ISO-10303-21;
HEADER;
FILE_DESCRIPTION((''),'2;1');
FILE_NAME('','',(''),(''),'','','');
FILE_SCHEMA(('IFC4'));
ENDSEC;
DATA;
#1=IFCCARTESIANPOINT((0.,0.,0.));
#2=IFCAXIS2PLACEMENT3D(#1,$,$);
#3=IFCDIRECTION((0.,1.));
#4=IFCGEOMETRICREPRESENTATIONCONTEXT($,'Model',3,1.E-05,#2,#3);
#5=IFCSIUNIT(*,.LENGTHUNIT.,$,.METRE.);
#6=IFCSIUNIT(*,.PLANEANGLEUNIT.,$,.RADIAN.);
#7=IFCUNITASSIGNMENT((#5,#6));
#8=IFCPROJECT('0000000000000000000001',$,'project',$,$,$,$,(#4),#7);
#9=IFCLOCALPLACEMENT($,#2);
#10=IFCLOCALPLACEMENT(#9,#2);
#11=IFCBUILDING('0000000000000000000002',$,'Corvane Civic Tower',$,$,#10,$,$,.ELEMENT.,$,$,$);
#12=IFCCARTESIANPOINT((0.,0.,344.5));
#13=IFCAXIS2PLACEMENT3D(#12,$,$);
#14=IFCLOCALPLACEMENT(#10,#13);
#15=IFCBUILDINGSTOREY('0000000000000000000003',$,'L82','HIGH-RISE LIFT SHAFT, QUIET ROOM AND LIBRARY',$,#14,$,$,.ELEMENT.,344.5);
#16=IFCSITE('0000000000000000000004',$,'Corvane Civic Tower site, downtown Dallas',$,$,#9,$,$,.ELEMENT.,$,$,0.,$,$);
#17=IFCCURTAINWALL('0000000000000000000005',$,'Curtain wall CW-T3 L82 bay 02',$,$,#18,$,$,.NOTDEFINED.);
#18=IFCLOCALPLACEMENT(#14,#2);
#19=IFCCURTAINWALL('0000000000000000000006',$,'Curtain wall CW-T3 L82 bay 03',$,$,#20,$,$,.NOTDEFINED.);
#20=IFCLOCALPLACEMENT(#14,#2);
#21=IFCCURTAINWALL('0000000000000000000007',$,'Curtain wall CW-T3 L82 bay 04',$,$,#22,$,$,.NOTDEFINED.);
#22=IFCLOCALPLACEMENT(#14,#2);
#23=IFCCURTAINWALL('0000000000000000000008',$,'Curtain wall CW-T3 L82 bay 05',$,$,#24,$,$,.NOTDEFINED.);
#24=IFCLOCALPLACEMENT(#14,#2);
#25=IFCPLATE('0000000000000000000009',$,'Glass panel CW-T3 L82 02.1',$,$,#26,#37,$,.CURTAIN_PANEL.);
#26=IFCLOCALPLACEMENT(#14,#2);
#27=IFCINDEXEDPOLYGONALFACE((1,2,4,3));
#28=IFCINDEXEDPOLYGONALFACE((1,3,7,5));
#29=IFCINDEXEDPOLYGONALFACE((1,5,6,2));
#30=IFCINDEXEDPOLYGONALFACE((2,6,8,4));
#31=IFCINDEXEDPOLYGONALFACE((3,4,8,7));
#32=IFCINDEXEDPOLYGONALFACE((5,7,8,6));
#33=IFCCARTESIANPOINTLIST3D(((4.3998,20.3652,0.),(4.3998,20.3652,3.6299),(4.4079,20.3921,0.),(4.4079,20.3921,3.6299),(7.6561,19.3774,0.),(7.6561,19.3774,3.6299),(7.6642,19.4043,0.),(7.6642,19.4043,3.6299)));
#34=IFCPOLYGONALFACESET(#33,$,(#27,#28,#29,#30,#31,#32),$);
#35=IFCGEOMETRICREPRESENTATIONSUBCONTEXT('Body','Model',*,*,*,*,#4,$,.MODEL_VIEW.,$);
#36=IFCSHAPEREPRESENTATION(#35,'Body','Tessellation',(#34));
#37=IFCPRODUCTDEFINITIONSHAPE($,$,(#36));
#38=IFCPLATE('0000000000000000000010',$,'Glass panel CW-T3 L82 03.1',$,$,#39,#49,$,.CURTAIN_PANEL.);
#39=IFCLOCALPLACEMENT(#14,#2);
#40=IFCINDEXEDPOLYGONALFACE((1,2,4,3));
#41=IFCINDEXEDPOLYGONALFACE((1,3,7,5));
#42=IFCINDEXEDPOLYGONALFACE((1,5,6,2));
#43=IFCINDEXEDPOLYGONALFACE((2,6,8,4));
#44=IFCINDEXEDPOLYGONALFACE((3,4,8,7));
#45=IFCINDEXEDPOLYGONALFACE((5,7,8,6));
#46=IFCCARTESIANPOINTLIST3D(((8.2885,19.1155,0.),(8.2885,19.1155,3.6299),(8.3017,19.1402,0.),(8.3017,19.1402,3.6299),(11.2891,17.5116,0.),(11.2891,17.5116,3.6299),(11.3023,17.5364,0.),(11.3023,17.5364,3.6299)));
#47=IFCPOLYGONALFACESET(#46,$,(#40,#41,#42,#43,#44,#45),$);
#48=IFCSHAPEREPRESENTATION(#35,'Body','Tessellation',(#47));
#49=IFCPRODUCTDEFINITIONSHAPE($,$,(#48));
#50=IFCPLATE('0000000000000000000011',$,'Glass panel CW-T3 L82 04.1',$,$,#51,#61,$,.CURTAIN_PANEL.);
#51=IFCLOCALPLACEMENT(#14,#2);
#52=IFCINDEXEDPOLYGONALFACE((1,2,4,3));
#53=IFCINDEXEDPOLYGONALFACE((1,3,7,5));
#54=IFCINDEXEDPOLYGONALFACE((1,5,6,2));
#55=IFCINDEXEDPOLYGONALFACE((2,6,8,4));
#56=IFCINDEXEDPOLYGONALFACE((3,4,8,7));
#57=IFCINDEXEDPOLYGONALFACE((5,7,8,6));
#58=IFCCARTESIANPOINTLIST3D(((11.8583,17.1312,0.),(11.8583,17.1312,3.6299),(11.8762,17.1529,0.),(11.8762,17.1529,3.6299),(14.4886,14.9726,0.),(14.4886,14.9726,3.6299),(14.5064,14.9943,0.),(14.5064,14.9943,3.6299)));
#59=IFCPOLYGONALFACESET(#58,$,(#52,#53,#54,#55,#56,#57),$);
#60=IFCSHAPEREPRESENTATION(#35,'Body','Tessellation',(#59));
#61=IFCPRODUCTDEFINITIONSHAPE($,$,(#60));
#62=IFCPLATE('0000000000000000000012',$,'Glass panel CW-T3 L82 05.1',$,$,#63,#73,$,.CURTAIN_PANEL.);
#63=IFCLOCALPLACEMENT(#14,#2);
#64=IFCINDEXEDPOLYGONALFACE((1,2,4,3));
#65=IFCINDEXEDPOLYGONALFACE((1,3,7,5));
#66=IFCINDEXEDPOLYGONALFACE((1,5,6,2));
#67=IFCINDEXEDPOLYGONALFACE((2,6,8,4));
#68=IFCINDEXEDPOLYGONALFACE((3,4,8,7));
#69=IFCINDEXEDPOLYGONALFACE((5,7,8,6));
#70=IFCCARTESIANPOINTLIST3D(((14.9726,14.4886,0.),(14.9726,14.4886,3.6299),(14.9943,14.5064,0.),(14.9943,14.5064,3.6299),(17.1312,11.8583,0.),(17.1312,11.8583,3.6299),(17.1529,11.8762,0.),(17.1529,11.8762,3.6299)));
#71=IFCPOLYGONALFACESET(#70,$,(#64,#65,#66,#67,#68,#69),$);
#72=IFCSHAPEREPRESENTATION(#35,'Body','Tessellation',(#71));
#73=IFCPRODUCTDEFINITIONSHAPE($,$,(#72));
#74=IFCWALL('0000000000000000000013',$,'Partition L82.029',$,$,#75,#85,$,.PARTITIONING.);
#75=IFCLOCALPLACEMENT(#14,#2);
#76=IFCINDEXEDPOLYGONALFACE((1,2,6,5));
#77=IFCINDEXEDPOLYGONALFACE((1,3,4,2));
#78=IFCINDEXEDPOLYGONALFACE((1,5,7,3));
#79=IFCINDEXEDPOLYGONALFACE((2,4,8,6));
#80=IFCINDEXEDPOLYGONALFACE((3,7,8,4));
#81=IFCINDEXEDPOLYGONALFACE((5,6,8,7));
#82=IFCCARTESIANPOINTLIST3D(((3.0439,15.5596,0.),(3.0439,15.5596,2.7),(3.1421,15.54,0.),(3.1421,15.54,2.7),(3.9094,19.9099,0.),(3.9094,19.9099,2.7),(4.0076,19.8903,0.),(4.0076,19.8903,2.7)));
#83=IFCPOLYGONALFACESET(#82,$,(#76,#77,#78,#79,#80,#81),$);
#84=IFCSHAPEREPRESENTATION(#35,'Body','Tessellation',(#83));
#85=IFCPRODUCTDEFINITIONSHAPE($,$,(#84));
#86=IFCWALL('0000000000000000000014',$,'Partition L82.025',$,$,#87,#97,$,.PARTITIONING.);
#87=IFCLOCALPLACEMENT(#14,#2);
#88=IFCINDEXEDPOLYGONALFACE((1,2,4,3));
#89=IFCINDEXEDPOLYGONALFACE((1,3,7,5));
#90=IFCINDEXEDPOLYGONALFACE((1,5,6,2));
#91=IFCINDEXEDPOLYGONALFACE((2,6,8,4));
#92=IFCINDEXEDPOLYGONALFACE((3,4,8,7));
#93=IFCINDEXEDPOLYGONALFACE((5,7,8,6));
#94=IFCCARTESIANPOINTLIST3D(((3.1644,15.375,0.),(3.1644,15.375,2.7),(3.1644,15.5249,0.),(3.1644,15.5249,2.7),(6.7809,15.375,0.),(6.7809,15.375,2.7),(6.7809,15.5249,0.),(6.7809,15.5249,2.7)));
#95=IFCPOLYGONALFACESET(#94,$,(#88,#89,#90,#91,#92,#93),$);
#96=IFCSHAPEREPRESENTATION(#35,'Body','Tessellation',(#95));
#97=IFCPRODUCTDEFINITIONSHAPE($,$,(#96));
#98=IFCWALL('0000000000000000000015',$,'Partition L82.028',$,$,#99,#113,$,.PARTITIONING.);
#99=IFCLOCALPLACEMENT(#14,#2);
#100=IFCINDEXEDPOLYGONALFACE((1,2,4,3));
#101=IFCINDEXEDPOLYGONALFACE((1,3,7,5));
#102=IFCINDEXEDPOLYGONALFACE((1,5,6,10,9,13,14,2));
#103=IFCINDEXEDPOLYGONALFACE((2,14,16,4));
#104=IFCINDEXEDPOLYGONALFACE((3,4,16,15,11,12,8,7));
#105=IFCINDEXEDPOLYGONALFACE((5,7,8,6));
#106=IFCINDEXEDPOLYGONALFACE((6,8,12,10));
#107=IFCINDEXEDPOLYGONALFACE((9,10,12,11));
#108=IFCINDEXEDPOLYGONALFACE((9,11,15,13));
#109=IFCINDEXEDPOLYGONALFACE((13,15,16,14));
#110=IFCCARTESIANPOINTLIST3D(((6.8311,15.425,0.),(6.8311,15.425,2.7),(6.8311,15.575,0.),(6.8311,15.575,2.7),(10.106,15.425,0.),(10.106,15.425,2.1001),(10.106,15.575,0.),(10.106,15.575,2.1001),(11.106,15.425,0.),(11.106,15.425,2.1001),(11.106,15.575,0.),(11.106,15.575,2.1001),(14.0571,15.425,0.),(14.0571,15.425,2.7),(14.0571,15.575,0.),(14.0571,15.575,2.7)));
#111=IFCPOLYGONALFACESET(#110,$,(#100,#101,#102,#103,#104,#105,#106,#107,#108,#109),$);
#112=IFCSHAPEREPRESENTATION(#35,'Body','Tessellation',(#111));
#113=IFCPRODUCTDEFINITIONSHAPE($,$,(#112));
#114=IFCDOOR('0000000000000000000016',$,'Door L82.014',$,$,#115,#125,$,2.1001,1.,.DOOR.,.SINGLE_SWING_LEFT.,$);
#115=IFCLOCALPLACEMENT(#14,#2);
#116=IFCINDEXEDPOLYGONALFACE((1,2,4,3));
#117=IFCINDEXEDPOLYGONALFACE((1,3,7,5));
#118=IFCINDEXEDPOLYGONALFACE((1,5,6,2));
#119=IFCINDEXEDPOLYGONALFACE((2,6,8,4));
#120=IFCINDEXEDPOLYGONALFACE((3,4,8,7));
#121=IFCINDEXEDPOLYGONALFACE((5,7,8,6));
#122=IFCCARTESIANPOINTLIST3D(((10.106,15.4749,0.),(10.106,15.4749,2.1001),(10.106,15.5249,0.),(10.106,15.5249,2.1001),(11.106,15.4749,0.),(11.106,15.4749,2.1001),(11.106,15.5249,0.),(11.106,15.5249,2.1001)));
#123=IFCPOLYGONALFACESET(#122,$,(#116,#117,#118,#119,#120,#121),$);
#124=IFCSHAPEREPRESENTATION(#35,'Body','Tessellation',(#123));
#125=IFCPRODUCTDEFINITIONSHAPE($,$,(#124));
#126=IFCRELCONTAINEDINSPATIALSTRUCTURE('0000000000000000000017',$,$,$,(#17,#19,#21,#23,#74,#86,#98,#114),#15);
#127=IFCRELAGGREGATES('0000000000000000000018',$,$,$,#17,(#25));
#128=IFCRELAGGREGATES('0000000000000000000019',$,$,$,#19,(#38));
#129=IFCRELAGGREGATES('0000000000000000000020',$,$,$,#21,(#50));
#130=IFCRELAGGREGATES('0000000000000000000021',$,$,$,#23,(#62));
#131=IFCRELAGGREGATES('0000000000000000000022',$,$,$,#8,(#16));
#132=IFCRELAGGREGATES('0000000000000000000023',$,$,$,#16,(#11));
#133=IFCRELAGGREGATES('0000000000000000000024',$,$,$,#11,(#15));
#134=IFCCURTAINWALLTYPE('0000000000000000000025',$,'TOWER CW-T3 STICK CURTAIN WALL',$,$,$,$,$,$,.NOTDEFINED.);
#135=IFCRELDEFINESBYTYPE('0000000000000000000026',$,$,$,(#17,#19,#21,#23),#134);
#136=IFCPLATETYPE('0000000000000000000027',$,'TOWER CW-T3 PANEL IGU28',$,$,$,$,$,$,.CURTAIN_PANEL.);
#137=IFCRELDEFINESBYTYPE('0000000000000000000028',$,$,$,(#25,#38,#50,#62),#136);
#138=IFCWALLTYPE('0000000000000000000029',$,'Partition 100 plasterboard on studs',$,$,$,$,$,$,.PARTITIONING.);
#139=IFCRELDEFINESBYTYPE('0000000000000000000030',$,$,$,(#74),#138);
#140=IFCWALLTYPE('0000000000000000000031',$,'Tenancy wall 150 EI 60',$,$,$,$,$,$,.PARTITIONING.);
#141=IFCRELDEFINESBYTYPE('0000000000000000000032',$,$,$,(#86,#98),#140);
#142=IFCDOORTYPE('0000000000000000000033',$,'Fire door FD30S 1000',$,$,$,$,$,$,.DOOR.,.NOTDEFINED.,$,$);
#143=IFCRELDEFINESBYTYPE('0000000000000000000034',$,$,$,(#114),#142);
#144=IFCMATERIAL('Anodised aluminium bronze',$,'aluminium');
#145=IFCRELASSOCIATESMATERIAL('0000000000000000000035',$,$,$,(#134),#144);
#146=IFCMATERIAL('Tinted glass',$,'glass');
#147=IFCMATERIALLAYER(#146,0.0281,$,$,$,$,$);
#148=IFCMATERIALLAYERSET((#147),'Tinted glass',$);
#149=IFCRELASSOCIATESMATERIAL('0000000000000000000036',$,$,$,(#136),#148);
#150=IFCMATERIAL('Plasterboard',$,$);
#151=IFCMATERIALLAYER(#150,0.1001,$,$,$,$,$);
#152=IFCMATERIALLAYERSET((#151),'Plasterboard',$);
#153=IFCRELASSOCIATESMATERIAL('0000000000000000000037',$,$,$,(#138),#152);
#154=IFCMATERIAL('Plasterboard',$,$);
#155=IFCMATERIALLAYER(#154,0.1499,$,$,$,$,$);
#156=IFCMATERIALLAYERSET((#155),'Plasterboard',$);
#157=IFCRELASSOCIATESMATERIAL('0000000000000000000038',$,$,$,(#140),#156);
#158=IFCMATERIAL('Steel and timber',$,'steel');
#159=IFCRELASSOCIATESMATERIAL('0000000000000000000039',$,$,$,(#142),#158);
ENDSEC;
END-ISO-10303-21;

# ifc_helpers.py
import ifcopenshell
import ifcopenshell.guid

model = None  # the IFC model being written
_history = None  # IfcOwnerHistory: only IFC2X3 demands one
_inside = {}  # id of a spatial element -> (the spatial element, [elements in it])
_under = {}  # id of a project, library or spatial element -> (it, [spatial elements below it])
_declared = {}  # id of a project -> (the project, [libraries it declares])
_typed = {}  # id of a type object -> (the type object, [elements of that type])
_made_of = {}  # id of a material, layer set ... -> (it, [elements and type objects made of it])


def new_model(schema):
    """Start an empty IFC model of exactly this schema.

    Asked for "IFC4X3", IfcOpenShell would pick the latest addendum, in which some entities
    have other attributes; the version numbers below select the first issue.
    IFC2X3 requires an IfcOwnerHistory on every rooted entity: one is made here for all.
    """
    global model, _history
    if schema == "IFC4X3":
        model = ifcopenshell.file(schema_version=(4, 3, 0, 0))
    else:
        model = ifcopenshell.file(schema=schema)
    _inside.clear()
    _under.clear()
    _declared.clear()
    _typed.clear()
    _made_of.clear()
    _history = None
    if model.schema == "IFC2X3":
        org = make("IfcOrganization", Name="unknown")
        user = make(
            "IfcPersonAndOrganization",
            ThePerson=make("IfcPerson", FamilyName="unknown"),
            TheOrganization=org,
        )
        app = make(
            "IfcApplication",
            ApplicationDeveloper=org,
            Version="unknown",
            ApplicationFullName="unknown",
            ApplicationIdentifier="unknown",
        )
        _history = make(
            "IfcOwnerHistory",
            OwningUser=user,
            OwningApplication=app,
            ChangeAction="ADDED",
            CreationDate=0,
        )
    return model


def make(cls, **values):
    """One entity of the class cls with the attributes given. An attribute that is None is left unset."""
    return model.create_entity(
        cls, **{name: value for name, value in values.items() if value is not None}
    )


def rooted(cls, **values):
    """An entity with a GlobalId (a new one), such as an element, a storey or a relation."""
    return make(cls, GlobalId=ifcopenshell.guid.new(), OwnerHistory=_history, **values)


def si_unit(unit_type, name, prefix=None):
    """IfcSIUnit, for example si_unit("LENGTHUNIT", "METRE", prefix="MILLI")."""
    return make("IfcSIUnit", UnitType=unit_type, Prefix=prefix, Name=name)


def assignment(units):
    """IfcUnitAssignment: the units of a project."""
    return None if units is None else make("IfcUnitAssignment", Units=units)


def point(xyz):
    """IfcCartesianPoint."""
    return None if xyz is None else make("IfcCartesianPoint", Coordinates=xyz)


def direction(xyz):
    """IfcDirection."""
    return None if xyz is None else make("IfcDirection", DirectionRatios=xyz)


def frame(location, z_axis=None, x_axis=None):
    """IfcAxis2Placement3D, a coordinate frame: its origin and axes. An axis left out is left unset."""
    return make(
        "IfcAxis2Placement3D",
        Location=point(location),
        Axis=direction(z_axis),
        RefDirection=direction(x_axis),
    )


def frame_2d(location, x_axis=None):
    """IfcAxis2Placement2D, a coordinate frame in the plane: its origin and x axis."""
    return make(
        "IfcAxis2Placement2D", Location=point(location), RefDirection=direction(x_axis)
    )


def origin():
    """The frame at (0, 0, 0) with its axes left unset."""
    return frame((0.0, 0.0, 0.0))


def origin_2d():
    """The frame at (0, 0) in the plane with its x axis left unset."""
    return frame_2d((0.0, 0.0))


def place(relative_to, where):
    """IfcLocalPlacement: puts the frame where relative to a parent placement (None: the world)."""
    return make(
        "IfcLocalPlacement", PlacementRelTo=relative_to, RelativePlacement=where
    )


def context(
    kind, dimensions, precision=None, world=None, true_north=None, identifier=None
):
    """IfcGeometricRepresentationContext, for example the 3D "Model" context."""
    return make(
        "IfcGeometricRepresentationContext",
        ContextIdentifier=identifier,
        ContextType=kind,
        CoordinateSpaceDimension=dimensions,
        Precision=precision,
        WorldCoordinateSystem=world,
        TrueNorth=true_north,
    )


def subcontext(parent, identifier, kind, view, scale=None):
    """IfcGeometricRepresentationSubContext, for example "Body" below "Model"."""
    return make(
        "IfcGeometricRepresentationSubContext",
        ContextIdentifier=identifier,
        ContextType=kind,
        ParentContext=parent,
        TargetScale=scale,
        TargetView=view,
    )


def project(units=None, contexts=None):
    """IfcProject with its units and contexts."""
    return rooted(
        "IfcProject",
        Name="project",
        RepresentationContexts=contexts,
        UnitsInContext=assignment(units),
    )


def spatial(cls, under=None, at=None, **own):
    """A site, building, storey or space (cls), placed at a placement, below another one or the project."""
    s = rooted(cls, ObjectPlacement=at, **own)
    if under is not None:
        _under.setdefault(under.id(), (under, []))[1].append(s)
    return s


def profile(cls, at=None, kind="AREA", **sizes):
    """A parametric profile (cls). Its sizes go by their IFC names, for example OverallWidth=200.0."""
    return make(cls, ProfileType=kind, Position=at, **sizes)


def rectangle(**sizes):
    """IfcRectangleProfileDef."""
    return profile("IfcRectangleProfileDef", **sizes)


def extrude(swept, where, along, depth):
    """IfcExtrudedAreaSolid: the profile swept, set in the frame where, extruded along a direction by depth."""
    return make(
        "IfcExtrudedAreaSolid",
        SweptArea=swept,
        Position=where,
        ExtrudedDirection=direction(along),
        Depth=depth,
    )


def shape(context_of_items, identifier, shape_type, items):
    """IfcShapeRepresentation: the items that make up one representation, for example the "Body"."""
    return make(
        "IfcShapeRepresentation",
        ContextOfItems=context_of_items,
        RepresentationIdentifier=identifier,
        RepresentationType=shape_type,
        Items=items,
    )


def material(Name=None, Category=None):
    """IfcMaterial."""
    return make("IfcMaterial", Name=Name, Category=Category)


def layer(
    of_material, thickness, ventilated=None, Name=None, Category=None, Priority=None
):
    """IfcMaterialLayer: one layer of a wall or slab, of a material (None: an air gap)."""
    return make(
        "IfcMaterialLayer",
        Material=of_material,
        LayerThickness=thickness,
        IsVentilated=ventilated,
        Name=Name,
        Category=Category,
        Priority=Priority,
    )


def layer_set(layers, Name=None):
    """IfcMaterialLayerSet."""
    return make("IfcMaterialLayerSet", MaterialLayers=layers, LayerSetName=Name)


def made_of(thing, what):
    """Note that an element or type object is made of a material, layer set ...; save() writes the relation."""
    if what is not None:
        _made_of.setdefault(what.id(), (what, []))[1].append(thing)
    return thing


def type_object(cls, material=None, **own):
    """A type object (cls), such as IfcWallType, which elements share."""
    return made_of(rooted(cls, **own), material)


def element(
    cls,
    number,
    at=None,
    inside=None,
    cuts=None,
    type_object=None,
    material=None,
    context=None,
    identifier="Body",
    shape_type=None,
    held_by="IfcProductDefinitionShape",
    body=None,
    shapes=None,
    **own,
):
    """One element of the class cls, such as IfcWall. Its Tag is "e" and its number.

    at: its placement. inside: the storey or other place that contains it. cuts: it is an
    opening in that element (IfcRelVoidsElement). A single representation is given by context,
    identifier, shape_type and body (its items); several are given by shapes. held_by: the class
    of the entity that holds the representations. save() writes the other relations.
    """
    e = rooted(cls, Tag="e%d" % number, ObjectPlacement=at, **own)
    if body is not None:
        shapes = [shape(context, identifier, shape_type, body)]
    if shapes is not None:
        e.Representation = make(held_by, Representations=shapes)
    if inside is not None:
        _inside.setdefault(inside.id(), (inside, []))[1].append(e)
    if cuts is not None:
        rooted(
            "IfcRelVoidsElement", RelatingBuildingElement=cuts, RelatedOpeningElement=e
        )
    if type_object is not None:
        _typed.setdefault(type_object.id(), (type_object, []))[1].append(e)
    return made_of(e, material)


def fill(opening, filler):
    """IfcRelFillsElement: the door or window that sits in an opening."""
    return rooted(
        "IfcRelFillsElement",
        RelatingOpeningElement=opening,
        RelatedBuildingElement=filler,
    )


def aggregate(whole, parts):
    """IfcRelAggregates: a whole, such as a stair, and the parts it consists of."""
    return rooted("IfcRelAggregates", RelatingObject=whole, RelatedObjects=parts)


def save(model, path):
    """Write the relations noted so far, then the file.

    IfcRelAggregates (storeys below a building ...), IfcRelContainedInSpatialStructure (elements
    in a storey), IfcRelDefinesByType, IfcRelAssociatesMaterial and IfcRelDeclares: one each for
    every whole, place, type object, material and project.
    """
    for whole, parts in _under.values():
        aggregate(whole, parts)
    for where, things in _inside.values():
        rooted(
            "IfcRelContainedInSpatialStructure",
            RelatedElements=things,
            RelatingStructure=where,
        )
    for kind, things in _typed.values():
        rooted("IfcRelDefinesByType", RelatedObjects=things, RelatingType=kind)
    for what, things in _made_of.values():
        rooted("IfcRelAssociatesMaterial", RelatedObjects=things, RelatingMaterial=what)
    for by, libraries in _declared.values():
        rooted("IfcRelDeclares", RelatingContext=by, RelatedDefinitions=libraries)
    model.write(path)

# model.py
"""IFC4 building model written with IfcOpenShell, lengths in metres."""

from ifc_helpers import new_model, si_unit, direction, frame, frame_2d, origin, origin_2d, place, context, subcontext, project, spatial, rectangle, extrude, material, layer, layer_set, type_object, element, fill, aggregate, save


model = new_model("IFC4")

# Units and contexts
model_context = context("Model", 3, precision=1e-05, world=origin(), true_north=direction((0.0, 1.0)))
body_context = subcontext(model_context, "Body", "Model", "MODEL_VIEW")
ifc_project = project(units=[si_unit("LENGTHUNIT", "METRE"), si_unit("PLANEANGLEUNIT", "RADIAN")], contexts=[model_context])

# Site, building, storey
site_placement = place(None, origin())
site = spatial("IfcSite", under=ifc_project, at=site_placement, Name="Corvane Civic Tower site, downtown Dallas", CompositionType="ELEMENT", RefElevation=0.0)
building_placement = place(site_placement, origin())
building = spatial("IfcBuilding", under=site, at=building_placement, Name="Corvane Civic Tower", CompositionType="ELEMENT")
storey_placement = place(building_placement, frame((0.0, 0.0, 344.5)))
storey = spatial("IfcBuildingStorey", under=building, at=storey_placement, Name="L82", Description="HIGH-RISE LIFT SHAFT, QUIET ROOM AND LIBRARY", CompositionType="ELEMENT", Elevation=344.5)

# Curtain walls
ifc_material_1 = material(Name="Anodised aluminium bronze", Category="aluminium")
curtain_wall_type = type_object("IfcCurtainWallType", Name="TOWER CW-T3 STICK CURTAIN WALL", PredefinedType="NOTDEFINED", material=ifc_material_1)
curtain_wall_1_placement = place(storey_placement, origin())
curtain_wall_1 = element("IfcCurtainWall", 1, at=curtain_wall_1_placement, inside=storey, type_object=curtain_wall_type, Name="Curtain wall CW-T3 L82 bay 02", PredefinedType="NOTDEFINED")
curtain_wall_2_placement = place(storey_placement, origin())
curtain_wall_2 = element("IfcCurtainWall", 2, at=curtain_wall_2_placement, inside=storey, type_object=curtain_wall_type, Name="Curtain wall CW-T3 L82 bay 03", PredefinedType="NOTDEFINED")
curtain_wall_3_placement = place(storey_placement, origin())
curtain_wall_3 = element("IfcCurtainWall", 3, at=curtain_wall_3_placement, inside=storey, type_object=curtain_wall_type, Name="Curtain wall CW-T3 L82 bay 04", PredefinedType="NOTDEFINED")
curtain_wall_4_placement = place(storey_placement, origin())
curtain_wall_4 = element("IfcCurtainWall", 4, at=curtain_wall_4_placement, inside=storey, type_object=curtain_wall_type, Name="Curtain wall CW-T3 L82 bay 05", PredefinedType="NOTDEFINED")

# Plates
ifc_material_2 = material(Name="Tinted glass", Category="glass")
ifc_layer_1 = layer(ifc_material_2, 0.0281)
ifc_layer_set_1 = layer_set([ifc_layer_1], Name="Tinted glass")
plate_type = type_object("IfcPlateType", Name="TOWER CW-T3 PANEL IGU28", PredefinedType="CURTAIN_PANEL", material=ifc_layer_set_1)
plate_1_placement = place(storey_placement, frame((6.032, 19.8848, 0.0), z_axis=(0.0, 0.0, 1.0), x_axis=(0.956939, -0.29029, 0.0)))
plate_1 = element("IfcPlate", 5, at=plate_1_placement, type_object=plate_type, Name="Glass panel CW-T3 L82 02.1", PredefinedType="CURTAIN_PANEL", context=body_context, shape_type="SweptSolid", body=[
    extrude(rectangle(XDim=3.4028, YDim=0.0281, at=origin_2d()), origin(), (0.0, 0.0, 1.0), 3.6299),
])
aggregate(curtain_wall_1, [plate_1])
plate_2_placement = place(storey_placement, frame((9.7954, 18.3259, 0.0), z_axis=(0.0, 0.0, 1.0), x_axis=(0.881928, -0.471384, 0.0)))
plate_2 = element("IfcPlate", 6, at=plate_2_placement, type_object=plate_type, Name="Glass panel CW-T3 L82 03.1", PredefinedType="CURTAIN_PANEL", context=body_context, shape_type="SweptSolid", body=[
    extrude(rectangle(XDim=3.4023, YDim=0.0281, at=origin_2d()), origin(), (0.0, 0.0, 1.0), 3.6299),
])
aggregate(curtain_wall_2, [plate_2])
plate_3_placement = place(storey_placement, frame((13.1824, 16.0627, 0.0), z_axis=(0.0, 0.0, 1.0), x_axis=(0.77301, -0.634393, 0.0)))
plate_3 = element("IfcPlate", 7, at=plate_3_placement, type_object=plate_type, Name="Glass panel CW-T3 L82 04.1", PredefinedType="CURTAIN_PANEL", context=body_context, shape_type="SweptSolid", body=[
    extrude(rectangle(XDim=3.4026, YDim=0.0281, at=origin_2d()), origin(), (0.0, 0.0, 1.0), 3.6299),
])
aggregate(curtain_wall_3, [plate_3])
plate_4_placement = place(storey_placement, frame((16.0627, 13.1824, 0.0), z_axis=(0.0, 0.0, 1.0), x_axis=(0.634393, -0.77301, 0.0)))
plate_4 = element("IfcPlate", 8, at=plate_4_placement, type_object=plate_type, Name="Glass panel CW-T3 L82 05.1", PredefinedType="CURTAIN_PANEL", context=body_context, shape_type="SweptSolid", body=[
    extrude(rectangle(XDim=3.4026, YDim=0.0281, at=origin_2d()), origin(), (0.0, 0.0, 1.0), 3.6299),
])
aggregate(curtain_wall_4, [plate_4])

# Walls
ifc_material_3 = material(Name="Plasterboard")
ifc_layer_2 = layer(ifc_material_3, 0.1001)
ifc_layer_set_2 = layer_set([ifc_layer_2], Name="Plasterboard")
wall_type_1 = type_object("IfcWallType", Name="Partition 100 plasterboard on studs", PredefinedType="PARTITIONING", material=ifc_layer_set_2)
wall_1_placement = place(storey_placement, frame((3.093, 15.5498, 0.0), z_axis=(0.0, 0.0, 1.0), x_axis=(0.195121, 0.980779, 0.0)))
element("IfcWall", 9, at=wall_1_placement, inside=storey, type_object=wall_type_1, Name="Partition L82.029", PredefinedType="PARTITIONING", context=body_context, shape_type="SweptSolid", body=[
    extrude(rectangle(XDim=4.4355, YDim=0.1001, at=frame_2d((2.2178, 0.0))), origin(), (0.0, 0.0, 1.0), 2.7),
])
ifc_material_4 = material(Name="Plasterboard")
ifc_layer_3 = layer(ifc_material_4, 0.1499)
ifc_layer_set_3 = layer_set([ifc_layer_3], Name="Plasterboard")
wall_type_2 = type_object("IfcWallType", Name="Tenancy wall 150 EI 60", PredefinedType="PARTITIONING", material=ifc_layer_set_3)
wall_2_placement = place(storey_placement, frame((3.1646, 15.45, 0.0), z_axis=(0.0, 0.0, 1.0), x_axis=(1.0, 0.0, 0.0)))
element("IfcWall", 10, at=wall_2_placement, inside=storey, type_object=wall_type_2, Name="Partition L82.025", PredefinedType="PARTITIONING", context=body_context, shape_type="SweptSolid", body=[
    extrude(rectangle(XDim=3.6165, YDim=0.1499, at=frame_2d((1.8081, 0.0))), origin(), (0.0, 0.0, 1.0), 2.7),
])

# Wall, opening, door
wall_3_placement = place(storey_placement, frame((6.8311, 15.5, 0.0), z_axis=(0.0, 0.0, 1.0), x_axis=(1.0, 0.0, 0.0)))
wall_3 = element("IfcWall", 11, at=wall_3_placement, inside=storey, type_object=wall_type_2, Name="Partition L82.028", PredefinedType="PARTITIONING", context=body_context, shape_type="SweptSolid", body=[
    extrude(rectangle(XDim=7.2261, YDim=0.1499, at=frame_2d((3.613, 0.0))), origin(), (0.0, 0.0, 1.0), 2.7),
])
opening_placement = place(wall_3_placement, frame((3.2749, 0.0, 0.0)))
opening = element("IfcOpeningElement", 12, at=opening_placement, cuts=wall_3, PredefinedType="OPENING", context=body_context, shape_type="SweptSolid", body=[
    extrude(rectangle(XDim=1.0, YDim=2.1001, at=frame_2d((0.5, 1.05))), frame((0.0, 0.085, 0.0), z_axis=(0.0, -1.0, 0.0), x_axis=(1.0, 0.0, 0.0)), (0.0, 0.0, 1.0), 0.1699),
])
ifc_material_5 = material(Name="Steel and timber", Category="steel")
door_type = type_object("IfcDoorType", Name="Fire door FD30S 1000", OperationType="NOTDEFINED", PredefinedType="DOOR", material=ifc_material_5)
door_placement = place(opening_placement, origin())
door = element("IfcDoor", 13, at=door_placement, inside=storey, type_object=door_type, Name="Door L82.014", OperationType="SINGLE_SWING_LEFT", OverallHeight=2.1001, OverallWidth=1.0, PredefinedType="DOOR", context=body_context, shape_type="SweptSolid", body=[
    extrude(rectangle(XDim=1.0, YDim=2.1001, at=frame_2d((0.5, 1.05))), frame((0.0, 0.0249, 0.0), z_axis=(0.0, -1.0, 0.0), x_axis=(1.0, 0.0, 0.0)), (0.0, 0.0, 1.0), 0.05),
])
fill(opening, door)

save(model, "model.ifc")
